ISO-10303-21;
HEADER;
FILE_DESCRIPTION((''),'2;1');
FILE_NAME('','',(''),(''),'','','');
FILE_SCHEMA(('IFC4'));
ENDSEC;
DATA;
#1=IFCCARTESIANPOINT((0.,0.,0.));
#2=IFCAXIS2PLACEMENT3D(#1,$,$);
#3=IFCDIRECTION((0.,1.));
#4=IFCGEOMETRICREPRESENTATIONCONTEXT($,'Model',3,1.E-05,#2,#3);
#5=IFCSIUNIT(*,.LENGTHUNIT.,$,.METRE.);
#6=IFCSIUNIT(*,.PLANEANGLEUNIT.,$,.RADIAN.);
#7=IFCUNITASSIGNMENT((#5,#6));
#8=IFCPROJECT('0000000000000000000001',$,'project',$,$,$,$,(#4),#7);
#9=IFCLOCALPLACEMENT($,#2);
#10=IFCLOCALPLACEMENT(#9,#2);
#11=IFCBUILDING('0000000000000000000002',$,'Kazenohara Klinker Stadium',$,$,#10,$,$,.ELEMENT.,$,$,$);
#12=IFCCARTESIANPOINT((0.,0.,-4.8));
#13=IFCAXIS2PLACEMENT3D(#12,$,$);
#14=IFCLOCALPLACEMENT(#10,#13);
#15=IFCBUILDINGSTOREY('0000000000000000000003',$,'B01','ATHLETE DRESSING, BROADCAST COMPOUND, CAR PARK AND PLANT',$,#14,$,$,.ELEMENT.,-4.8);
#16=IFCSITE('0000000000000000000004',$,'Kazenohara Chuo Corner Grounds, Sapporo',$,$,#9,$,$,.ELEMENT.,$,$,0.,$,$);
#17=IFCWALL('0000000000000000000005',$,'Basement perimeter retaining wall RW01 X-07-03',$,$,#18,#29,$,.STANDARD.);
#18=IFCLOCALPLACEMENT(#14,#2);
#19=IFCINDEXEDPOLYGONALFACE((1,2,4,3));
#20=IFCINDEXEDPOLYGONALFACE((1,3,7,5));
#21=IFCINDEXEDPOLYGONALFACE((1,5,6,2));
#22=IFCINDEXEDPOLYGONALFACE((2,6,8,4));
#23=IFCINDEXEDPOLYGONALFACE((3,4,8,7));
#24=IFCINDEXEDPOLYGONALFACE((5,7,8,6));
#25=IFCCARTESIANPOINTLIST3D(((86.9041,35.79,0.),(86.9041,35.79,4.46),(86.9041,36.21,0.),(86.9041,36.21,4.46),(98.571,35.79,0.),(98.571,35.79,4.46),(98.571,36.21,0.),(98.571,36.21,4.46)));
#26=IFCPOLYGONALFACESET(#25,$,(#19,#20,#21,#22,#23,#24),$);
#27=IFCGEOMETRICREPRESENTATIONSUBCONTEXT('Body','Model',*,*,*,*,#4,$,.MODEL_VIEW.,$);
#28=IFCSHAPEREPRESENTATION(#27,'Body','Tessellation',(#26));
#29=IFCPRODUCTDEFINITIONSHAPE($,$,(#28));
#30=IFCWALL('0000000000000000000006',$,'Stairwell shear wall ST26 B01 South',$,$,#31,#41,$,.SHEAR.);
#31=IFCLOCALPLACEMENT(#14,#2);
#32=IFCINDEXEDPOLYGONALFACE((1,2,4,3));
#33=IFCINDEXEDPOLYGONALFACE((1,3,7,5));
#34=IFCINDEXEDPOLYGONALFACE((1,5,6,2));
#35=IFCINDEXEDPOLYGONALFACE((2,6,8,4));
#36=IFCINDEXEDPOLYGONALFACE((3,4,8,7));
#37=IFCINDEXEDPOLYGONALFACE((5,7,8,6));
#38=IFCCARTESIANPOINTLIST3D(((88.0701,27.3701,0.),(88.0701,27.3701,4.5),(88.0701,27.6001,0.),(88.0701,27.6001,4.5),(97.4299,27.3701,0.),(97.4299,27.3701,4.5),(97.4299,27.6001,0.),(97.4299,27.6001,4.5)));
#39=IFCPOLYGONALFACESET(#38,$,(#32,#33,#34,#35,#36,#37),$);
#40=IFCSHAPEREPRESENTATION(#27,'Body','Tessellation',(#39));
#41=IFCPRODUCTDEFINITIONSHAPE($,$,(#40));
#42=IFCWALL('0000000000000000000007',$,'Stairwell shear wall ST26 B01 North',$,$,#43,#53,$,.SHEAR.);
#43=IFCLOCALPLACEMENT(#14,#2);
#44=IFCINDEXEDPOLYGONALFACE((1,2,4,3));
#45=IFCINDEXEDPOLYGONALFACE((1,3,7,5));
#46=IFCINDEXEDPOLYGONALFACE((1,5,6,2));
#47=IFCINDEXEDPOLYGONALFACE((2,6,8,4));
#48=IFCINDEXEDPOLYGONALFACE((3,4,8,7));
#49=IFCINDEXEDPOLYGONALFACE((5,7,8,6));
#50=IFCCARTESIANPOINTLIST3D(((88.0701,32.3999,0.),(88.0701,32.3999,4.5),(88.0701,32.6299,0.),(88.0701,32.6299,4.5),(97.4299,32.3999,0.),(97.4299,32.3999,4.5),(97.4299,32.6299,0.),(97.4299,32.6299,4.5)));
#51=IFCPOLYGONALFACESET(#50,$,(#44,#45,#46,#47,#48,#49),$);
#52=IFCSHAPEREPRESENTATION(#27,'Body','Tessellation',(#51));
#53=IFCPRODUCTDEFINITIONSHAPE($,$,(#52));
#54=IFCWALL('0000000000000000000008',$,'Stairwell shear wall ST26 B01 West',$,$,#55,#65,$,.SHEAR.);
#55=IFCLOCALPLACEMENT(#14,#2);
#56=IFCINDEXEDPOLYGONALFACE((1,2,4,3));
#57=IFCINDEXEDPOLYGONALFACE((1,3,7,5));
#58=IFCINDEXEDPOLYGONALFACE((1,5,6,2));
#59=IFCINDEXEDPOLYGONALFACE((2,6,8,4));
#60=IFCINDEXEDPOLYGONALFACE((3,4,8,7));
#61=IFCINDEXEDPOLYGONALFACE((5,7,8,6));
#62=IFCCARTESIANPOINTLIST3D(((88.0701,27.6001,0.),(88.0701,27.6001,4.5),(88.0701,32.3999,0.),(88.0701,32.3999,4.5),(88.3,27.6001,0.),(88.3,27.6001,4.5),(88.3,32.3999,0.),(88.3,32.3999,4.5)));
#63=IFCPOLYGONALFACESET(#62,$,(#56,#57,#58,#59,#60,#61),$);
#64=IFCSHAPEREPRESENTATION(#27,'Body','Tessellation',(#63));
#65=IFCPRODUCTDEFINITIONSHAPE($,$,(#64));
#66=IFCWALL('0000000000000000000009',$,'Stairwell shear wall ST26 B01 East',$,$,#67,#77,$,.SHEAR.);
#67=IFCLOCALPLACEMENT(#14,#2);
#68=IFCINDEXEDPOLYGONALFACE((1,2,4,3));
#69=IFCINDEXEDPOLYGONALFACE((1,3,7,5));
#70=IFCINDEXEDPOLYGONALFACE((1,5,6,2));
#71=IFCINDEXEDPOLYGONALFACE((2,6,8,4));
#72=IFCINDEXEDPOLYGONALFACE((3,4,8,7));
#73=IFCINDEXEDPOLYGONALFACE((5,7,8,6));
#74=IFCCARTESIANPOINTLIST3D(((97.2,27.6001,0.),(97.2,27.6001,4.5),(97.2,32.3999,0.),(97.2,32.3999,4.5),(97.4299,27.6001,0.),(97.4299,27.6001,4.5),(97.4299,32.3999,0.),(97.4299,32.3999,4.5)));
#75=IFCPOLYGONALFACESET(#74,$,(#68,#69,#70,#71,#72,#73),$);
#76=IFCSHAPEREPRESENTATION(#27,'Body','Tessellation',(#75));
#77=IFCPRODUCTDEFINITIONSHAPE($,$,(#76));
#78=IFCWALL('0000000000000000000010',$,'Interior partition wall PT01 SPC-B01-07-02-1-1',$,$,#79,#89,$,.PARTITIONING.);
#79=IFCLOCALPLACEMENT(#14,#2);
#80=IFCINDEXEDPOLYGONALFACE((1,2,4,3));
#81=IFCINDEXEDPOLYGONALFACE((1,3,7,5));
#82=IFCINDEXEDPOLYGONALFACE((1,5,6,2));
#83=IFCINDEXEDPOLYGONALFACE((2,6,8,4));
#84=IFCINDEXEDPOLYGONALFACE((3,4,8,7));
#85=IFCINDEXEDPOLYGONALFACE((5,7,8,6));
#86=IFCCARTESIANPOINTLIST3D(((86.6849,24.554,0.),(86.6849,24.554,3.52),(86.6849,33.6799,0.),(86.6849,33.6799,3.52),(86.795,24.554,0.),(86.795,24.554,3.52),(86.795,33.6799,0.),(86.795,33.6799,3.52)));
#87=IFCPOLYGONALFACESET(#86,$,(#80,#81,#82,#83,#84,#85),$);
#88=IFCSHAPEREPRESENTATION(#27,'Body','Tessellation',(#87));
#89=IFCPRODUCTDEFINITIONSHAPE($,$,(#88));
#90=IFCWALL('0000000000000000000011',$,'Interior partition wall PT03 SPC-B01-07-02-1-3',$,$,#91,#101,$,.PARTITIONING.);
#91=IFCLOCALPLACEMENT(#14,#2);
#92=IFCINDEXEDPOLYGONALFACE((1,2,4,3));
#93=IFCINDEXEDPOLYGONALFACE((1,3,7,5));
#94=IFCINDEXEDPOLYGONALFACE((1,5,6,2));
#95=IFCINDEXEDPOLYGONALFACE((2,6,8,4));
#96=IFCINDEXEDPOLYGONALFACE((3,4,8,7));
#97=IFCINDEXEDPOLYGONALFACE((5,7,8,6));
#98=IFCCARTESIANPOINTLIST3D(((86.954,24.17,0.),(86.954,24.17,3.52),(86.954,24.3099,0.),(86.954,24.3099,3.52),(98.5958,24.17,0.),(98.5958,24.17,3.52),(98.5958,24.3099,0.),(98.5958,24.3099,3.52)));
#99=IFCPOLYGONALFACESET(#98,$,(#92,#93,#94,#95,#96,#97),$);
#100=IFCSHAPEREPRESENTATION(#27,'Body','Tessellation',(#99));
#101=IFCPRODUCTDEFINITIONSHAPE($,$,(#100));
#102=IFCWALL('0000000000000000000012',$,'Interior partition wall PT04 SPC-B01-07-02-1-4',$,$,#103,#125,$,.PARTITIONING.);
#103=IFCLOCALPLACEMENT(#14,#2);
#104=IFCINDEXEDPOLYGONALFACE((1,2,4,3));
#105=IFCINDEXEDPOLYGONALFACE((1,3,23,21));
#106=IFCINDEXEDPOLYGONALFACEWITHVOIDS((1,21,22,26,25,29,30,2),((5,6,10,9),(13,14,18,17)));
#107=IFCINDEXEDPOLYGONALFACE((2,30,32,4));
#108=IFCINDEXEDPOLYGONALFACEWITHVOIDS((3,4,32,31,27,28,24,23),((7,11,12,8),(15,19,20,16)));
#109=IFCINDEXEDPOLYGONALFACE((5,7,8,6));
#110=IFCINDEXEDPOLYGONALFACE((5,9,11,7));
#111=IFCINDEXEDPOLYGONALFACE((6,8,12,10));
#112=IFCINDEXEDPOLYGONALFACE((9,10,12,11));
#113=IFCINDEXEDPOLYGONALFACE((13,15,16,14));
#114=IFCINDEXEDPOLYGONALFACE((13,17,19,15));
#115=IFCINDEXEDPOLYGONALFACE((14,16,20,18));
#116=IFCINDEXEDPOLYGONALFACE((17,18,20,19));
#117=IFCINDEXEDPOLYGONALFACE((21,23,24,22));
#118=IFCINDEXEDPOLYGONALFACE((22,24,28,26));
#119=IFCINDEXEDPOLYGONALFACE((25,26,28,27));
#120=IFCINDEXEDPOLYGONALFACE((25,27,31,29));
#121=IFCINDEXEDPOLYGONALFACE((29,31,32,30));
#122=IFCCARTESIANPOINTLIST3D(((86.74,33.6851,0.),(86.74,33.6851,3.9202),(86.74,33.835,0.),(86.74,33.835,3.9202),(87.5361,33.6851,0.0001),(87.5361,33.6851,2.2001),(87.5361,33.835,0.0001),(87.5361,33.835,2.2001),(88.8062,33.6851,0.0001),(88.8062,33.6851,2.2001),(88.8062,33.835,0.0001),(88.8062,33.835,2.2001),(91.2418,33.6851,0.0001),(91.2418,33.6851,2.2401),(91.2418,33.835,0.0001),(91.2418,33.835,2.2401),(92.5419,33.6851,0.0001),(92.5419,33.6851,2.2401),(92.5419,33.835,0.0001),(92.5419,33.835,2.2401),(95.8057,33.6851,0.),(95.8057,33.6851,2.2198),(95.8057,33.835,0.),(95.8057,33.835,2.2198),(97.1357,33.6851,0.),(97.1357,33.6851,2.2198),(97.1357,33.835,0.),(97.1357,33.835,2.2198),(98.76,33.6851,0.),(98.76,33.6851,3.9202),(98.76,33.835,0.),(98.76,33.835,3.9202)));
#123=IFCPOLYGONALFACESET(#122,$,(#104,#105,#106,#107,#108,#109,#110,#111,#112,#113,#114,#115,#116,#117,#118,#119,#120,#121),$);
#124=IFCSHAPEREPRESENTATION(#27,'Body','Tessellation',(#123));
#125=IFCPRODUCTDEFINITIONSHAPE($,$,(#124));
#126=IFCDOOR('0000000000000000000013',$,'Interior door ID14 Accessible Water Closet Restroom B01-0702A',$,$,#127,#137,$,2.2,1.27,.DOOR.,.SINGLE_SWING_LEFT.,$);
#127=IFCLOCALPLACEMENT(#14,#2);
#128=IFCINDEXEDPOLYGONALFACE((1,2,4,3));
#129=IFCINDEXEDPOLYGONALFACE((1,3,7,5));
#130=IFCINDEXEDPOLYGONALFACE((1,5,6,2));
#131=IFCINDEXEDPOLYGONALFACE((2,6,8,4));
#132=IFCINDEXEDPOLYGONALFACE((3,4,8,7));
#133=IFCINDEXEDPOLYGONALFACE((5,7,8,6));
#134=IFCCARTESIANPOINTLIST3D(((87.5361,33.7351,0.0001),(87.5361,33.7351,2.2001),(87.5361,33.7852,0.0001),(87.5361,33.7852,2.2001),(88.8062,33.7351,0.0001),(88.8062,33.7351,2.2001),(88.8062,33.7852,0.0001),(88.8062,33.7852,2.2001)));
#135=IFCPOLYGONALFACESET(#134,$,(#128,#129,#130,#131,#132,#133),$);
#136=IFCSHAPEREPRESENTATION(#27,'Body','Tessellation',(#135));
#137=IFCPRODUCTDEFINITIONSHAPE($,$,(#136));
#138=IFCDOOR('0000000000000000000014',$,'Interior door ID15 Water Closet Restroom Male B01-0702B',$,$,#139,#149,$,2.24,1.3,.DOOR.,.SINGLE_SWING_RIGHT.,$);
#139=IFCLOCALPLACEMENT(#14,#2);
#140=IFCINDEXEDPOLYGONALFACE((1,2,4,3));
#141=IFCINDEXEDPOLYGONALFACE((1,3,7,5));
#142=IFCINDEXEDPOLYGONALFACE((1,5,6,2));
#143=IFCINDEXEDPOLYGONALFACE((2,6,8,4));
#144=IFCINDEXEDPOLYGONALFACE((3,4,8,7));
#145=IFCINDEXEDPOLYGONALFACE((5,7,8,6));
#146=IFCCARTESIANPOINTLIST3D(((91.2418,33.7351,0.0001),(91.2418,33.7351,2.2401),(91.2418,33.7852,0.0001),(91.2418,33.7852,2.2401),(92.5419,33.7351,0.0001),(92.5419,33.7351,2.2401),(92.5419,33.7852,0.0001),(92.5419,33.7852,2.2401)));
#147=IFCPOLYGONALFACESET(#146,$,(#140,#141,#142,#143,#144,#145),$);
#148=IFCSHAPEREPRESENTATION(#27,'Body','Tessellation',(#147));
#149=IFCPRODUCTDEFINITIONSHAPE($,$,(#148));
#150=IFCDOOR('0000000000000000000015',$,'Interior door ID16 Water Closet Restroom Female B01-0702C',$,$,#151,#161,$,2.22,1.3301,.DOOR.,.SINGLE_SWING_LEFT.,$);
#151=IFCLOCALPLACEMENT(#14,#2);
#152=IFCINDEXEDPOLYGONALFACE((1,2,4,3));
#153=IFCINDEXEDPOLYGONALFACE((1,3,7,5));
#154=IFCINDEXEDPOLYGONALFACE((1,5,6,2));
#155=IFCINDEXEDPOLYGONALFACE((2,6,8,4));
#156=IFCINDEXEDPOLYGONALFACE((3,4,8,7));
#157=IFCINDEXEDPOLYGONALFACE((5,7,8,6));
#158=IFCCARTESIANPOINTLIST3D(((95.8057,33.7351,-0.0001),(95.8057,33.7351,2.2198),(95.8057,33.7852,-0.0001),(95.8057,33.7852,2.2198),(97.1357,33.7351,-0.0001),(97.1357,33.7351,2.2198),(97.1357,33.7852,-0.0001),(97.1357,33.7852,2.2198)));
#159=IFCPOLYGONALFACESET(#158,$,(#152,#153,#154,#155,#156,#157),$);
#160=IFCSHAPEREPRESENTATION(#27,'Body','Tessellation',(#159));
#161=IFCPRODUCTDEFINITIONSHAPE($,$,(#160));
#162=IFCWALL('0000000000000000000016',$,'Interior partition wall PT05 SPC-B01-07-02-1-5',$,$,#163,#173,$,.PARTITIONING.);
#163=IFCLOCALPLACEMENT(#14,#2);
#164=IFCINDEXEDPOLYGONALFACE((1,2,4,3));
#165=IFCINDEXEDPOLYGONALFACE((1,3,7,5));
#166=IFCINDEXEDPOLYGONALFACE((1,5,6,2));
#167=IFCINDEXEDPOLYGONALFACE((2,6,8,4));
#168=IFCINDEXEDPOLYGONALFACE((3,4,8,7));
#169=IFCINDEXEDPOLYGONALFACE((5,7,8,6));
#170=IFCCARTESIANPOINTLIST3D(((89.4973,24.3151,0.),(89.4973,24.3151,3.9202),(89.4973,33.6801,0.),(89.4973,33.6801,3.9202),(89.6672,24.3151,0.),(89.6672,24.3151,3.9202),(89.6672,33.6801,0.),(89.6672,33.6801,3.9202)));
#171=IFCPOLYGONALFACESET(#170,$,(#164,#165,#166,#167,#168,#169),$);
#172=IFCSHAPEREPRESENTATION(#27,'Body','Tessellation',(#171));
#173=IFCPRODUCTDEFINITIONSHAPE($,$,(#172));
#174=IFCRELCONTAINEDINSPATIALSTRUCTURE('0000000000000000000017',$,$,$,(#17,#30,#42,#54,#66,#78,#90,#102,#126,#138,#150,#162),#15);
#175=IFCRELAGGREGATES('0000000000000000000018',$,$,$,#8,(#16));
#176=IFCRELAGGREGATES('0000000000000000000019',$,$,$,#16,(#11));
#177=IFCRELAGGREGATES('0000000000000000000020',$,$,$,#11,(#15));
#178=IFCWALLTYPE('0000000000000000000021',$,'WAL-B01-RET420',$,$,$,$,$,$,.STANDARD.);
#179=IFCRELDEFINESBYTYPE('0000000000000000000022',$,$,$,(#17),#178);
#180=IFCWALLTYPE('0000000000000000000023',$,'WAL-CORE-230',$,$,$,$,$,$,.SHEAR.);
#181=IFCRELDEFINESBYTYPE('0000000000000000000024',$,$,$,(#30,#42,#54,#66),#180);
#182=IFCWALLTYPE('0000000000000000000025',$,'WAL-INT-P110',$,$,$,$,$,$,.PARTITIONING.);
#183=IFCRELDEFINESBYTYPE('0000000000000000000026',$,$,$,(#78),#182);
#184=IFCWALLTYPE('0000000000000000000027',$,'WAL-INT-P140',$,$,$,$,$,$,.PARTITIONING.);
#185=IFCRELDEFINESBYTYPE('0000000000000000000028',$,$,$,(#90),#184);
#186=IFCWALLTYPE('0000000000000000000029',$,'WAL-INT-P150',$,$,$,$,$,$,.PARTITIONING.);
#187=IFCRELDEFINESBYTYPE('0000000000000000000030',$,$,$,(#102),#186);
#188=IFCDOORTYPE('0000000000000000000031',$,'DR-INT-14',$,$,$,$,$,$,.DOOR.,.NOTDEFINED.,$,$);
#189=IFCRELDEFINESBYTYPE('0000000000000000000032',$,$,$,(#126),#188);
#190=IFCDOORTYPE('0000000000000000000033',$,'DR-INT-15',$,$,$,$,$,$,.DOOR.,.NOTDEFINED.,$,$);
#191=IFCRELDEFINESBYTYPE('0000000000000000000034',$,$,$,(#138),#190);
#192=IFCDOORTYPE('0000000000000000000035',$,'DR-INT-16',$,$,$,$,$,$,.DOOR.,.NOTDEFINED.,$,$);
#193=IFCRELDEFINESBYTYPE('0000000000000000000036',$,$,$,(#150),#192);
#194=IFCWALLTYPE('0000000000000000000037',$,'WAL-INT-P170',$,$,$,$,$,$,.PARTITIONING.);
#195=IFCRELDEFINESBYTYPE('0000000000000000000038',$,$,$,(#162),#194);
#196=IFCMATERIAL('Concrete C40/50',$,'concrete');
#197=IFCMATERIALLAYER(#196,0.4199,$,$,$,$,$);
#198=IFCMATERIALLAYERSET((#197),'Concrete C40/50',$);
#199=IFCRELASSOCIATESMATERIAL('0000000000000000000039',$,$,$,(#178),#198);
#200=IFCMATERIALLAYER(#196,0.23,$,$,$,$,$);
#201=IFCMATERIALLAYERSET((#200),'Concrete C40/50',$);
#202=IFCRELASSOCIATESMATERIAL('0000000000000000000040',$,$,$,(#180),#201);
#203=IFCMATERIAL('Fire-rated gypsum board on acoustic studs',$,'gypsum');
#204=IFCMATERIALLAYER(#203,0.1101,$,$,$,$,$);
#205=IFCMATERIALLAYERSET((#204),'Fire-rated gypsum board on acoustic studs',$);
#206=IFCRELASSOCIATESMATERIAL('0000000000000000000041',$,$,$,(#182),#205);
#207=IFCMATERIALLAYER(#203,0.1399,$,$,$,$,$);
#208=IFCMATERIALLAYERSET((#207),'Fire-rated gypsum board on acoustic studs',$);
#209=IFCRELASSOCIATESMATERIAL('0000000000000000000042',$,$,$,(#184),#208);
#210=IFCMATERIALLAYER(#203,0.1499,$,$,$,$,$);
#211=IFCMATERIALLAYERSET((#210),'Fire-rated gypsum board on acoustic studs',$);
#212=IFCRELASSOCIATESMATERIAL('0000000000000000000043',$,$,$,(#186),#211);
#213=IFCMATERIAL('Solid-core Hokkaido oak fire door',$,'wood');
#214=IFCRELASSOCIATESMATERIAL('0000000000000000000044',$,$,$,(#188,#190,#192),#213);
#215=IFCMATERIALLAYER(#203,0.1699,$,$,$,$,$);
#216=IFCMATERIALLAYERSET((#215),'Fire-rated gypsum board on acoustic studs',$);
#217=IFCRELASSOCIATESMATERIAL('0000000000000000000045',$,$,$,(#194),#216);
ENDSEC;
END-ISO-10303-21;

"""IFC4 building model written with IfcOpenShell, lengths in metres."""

from ifc_helpers import new_model, si_unit, direction, frame, frame_2d, origin, place, context, subcontext, project, spatial, rectangle, extrude, material, layer, layer_set, type_object, element, fill, save


model = new_model("IFC4")

# Units and contexts
model_context = context("Model", 3, precision=1e-05, world=origin(), true_north=direction((0.0, 1.0)))
body_context = subcontext(model_context, "Body", "Model", "MODEL_VIEW")
ifc_project = project(units=[si_unit("LENGTHUNIT", "METRE"), si_unit("PLANEANGLEUNIT", "RADIAN")], contexts=[model_context])

# Site, building, storey
site_placement = place(None, origin())
site = spatial("IfcSite", under=ifc_project, at=site_placement, Name="Kazenohara Chuo Corner Grounds, Sapporo", CompositionType="ELEMENT", RefElevation=0.0)
building_placement = place(site_placement, origin())
building = spatial("IfcBuilding", under=site, at=building_placement, Name="Kazenohara Klinker Stadium", CompositionType="ELEMENT")
storey_placement = place(building_placement, frame((0.0, 0.0, -4.8)))
storey = spatial("IfcBuildingStorey", under=building, at=storey_placement, Name="B01", Description="ATHLETE DRESSING, BROADCAST COMPOUND, CAR PARK AND PLANT", CompositionType="ELEMENT", Elevation=-4.8)

# Shared definitions
ifc_material_1 = material(Name="Concrete C40/50", Category="concrete")

# Walls
ifc_layer_1 = layer(ifc_material_1, 0.4199)
ifc_layer_set_1 = layer_set([ifc_layer_1], Name="Concrete C40/50")
wall_type_1 = type_object("IfcWallType", Name="WAL-B01-RET420", PredefinedType="STANDARD", material=ifc_layer_set_1)
wall_1_placement = place(storey_placement, frame((86.9041, 36.0, 0.0), z_axis=(0.0, 0.0, 1.0), x_axis=(1.0, 0.0, 0.0)))
element("IfcWall", 1, at=wall_1_placement, inside=storey, type_object=wall_type_1, Name="Basement perimeter retaining wall RW01 X-07-03", PredefinedType="STANDARD", context=body_context, shape_type="SweptSolid", body=[
    extrude(rectangle(XDim=11.667, YDim=0.4199, at=frame_2d((5.8335, 0.0))), origin(), (0.0, 0.0, 1.0), 4.46),
])
ifc_layer_2 = layer(ifc_material_1, 0.23)
ifc_layer_set_2 = layer_set([ifc_layer_2], Name="Concrete C40/50")
wall_type_2 = type_object("IfcWallType", Name="WAL-CORE-230", PredefinedType="SHEAR", material=ifc_layer_set_2)
for number, where, z_axis, x_axis, name in (
    (2, (88.0701, 27.4851, 0.0), (0.0, 0.0, 1.0), (1.0, 0.0, 0.0), "Stairwell shear wall ST26 B01 South"),
    (3, (88.0701, 32.5149, 0.0), (0.0, 0.0, 1.0), (1.0, 0.0, 0.0), "Stairwell shear wall ST26 B01 North"),
):
    element("IfcWall", number, at=place(storey_placement, frame(where, z_axis=z_axis, x_axis=x_axis)), inside=storey, type_object=wall_type_2, Name=name, PredefinedType="SHEAR", context=body_context, shape_type="SweptSolid", body=[
        extrude(rectangle(XDim=9.3599, YDim=0.23, at=frame_2d((4.6799, 0.0))), origin(), (0.0, 0.0, 1.0), 4.5),
    ])
for number, where, z_axis, x_axis, name in (
    (4, (88.1851, 27.6001, 0.0), (0.0, 0.0, 1.0), (0.0, 1.0, 0.0), "Stairwell shear wall ST26 B01 West"),
    (5, (97.3149, 27.6001, 0.0), (0.0, 0.0, 1.0), (0.0, 1.0, 0.0), "Stairwell shear wall ST26 B01 East"),
):
    element("IfcWall", number, at=place(storey_placement, frame(where, z_axis=z_axis, x_axis=x_axis)), inside=storey, type_object=wall_type_2, Name=name, PredefinedType="SHEAR", context=body_context, shape_type="SweptSolid", body=[
        extrude(rectangle(XDim=4.7998, YDim=0.23, at=frame_2d((2.3999, 0.0))), origin(), (0.0, 0.0, 1.0), 4.5),
    ])
ifc_material_2 = material(Name="Fire-rated gypsum board on acoustic studs", Category="gypsum")
ifc_layer_3 = layer(ifc_material_2, 0.1101)
ifc_layer_set_3 = layer_set([ifc_layer_3], Name="Fire-rated gypsum board on acoustic studs")
wall_type_3 = type_object("IfcWallType", Name="WAL-INT-P110", PredefinedType="PARTITIONING", material=ifc_layer_set_3)
wall_2_placement = place(storey_placement, frame((86.74, 24.554, 0.0), z_axis=(0.0, 0.0, 1.0), x_axis=(0.0, 1.0, 0.0)))
element("IfcWall", 6, at=wall_2_placement, inside=storey, type_object=wall_type_3, Name="Interior partition wall PT01 SPC-B01-07-02-1-1", PredefinedType="PARTITIONING", context=body_context, shape_type="SweptSolid", body=[
    extrude(rectangle(XDim=9.126, YDim=0.1101, at=frame_2d((4.563, 0.0))), origin(), (0.0, 0.0, 1.0), 3.52),
])
ifc_layer_4 = layer(ifc_material_2, 0.1399)
ifc_layer_set_4 = layer_set([ifc_layer_4], Name="Fire-rated gypsum board on acoustic studs")
wall_type_4 = type_object("IfcWallType", Name="WAL-INT-P140", PredefinedType="PARTITIONING", material=ifc_layer_set_4)
wall_3_placement = place(storey_placement, frame((86.9541, 24.24, 0.0), z_axis=(0.0, 0.0, 1.0), x_axis=(1.0, 0.0, 0.0)))
element("IfcWall", 7, at=wall_3_placement, inside=storey, type_object=wall_type_4, Name="Interior partition wall PT03 SPC-B01-07-02-1-3", PredefinedType="PARTITIONING", context=body_context, shape_type="SweptSolid", body=[
    extrude(rectangle(XDim=11.6418, YDim=0.1399, at=frame_2d((5.8208, 0.0))), origin(), (0.0, 0.0, 1.0), 3.52),
])

# Wall, openings, doors
ifc_layer_5 = layer(ifc_material_2, 0.1499)
ifc_layer_set_5 = layer_set([ifc_layer_5], Name="Fire-rated gypsum board on acoustic studs")
wall_type_5 = type_object("IfcWallType", Name="WAL-INT-P150", PredefinedType="PARTITIONING", material=ifc_layer_set_5)
wall_4_placement = place(storey_placement, frame((86.74, 33.76, 0.0), z_axis=(0.0, 0.0, 1.0), x_axis=(1.0, 0.0, 0.0)))
wall_4 = element("IfcWall", 8, at=wall_4_placement, inside=storey, type_object=wall_type_5, Name="Interior partition wall PT04 SPC-B01-07-02-1-4", PredefinedType="PARTITIONING", context=body_context, shape_type="SweptSolid", body=[
    extrude(rectangle(XDim=12.02, YDim=0.1499, at=frame_2d((6.01, 0.0))), origin(), (0.0, 0.0, 1.0), 3.9202),
])
opening_1_placement = place(wall_4_placement, frame((2.0662, 0.0, 0.0), z_axis=(0.0, 0.0, 1.0), x_axis=(-1.0, 0.0, 0.0)))
opening_1 = element("IfcOpeningElement", 9, at=opening_1_placement, cuts=wall_4, PredefinedType="OPENING", context=body_context, shape_type="SweptSolid", body=[
    extrude(rectangle(XDim=1.27, YDim=2.2, at=frame_2d((0.635, 1.1001))), frame((0.0, 0.085, 0.0), z_axis=(0.0, -1.0, 0.0), x_axis=(1.0, 0.0, 0.0)), (0.0, 0.0, 1.0), 0.1699),
])
opening_2_placement = place(wall_4_placement, frame((5.8018, 0.0, 0.0), z_axis=(0.0, 0.0, 1.0), x_axis=(-1.0, 0.0, 0.0)))
opening_2 = element("IfcOpeningElement", 10, at=opening_2_placement, cuts=wall_4, PredefinedType="OPENING", context=body_context, shape_type="SweptSolid", body=[
    extrude(rectangle(XDim=1.3, YDim=2.24, at=frame_2d((0.6499, 1.1201))), frame((0.0, 0.085, 0.0), z_axis=(0.0, -1.0, 0.0), x_axis=(1.0, 0.0, 0.0)), (0.0, 0.0, 1.0), 0.1699),
])
opening_3_placement = place(wall_4_placement, frame((10.3958, 0.0, 0.0), z_axis=(0.0, 0.0, 1.0), x_axis=(-1.0, 0.0, 0.0)))
opening_3 = element("IfcOpeningElement", 11, at=opening_3_placement, cuts=wall_4, PredefinedType="OPENING", context=body_context, shape_type="SweptSolid", body=[
    extrude(rectangle(XDim=1.3301, YDim=2.22, at=frame_2d((0.665, 1.1099))), frame((0.0, 0.085, 0.0), z_axis=(0.0, -1.0, 0.0), x_axis=(1.0, 0.0, 0.0)), (0.0, 0.0, 1.0), 0.1699),
])
ifc_material_3 = material(Name="Solid-core Hokkaido oak fire door", Category="wood")
door_type_1 = type_object("IfcDoorType", Name="DR-INT-14", OperationType="NOTDEFINED", PredefinedType="DOOR", material=ifc_material_3)
door_1_placement = place(opening_1_placement, origin())
door_1 = element("IfcDoor", 12, at=door_1_placement, inside=storey, type_object=door_type_1, Name="Interior door ID14 Accessible Water Closet Restroom B01-0702A", OperationType="SINGLE_SWING_LEFT", OverallHeight=2.2, OverallWidth=1.27, PredefinedType="DOOR", context=body_context, shape_type="SweptSolid", body=[
    extrude(rectangle(XDim=1.27, YDim=2.2, at=frame_2d((0.635, 1.1001))), frame((0.0, 0.0249, 0.0), z_axis=(0.0, -1.0, 0.0), x_axis=(1.0, 0.0, 0.0)), (0.0, 0.0, 1.0), 0.05),
])
fill(opening_1, door_1)
door_type_2 = type_object("IfcDoorType", Name="DR-INT-15", OperationType="NOTDEFINED", PredefinedType="DOOR", material=ifc_material_3)
door_2_placement = place(opening_2_placement, origin())
door_2 = element("IfcDoor", 13, at=door_2_placement, inside=storey, type_object=door_type_2, Name="Interior door ID15 Water Closet Restroom Male B01-0702B", OperationType="SINGLE_SWING_RIGHT", OverallHeight=2.24, OverallWidth=1.3, PredefinedType="DOOR", context=body_context, shape_type="SweptSolid", body=[
    extrude(rectangle(XDim=1.3, YDim=2.24, at=frame_2d((0.6499, 1.1201))), frame((0.0, 0.0249, 0.0), z_axis=(0.0, -1.0, 0.0), x_axis=(1.0, 0.0, 0.0)), (0.0, 0.0, 1.0), 0.05),
])
fill(opening_2, door_2)
door_type_3 = type_object("IfcDoorType", Name="DR-INT-16", OperationType="NOTDEFINED", PredefinedType="DOOR", material=ifc_material_3)
door_3_placement = place(opening_3_placement, origin())
door_3 = element("IfcDoor", 14, at=door_3_placement, inside=storey, type_object=door_type_3, Name="Interior door ID16 Water Closet Restroom Female B01-0702C", OperationType="SINGLE_SWING_LEFT", OverallHeight=2.22, OverallWidth=1.3301, PredefinedType="DOOR", context=body_context, shape_type="SweptSolid", body=[
    extrude(rectangle(XDim=1.3301, YDim=2.22, at=frame_2d((0.665, 1.1099))), frame((0.0, 0.0249, 0.0), z_axis=(0.0, -1.0, 0.0), x_axis=(1.0, 0.0, 0.0)), (0.0, 0.0, 1.0), 0.05),
])
fill(opening_3, door_3)

# Wall
ifc_layer_6 = layer(ifc_material_2, 0.1699)
ifc_layer_set_6 = layer_set([ifc_layer_6], Name="Fire-rated gypsum board on acoustic studs")
wall_type_6 = type_object("IfcWallType", Name="WAL-INT-P170", PredefinedType="PARTITIONING", material=ifc_layer_set_6)
wall_5_placement = place(storey_placement, frame((89.5823, 24.3149, 0.0), z_axis=(0.0, 0.0, 1.0), x_axis=(0.0, 1.0, 0.0)))
element("IfcWall", 15, at=wall_5_placement, inside=storey, type_object=wall_type_6, Name="Interior partition wall PT05 SPC-B01-07-02-1-5", PredefinedType="PARTITIONING", context=body_context, shape_type="SweptSolid", body=[
    extrude(rectangle(XDim=9.365, YDim=0.1699, at=frame_2d((4.6826, 0.0))), origin(), (0.0, 0.0, 1.0), 3.9202),
])

save(model, "model.ifc")
